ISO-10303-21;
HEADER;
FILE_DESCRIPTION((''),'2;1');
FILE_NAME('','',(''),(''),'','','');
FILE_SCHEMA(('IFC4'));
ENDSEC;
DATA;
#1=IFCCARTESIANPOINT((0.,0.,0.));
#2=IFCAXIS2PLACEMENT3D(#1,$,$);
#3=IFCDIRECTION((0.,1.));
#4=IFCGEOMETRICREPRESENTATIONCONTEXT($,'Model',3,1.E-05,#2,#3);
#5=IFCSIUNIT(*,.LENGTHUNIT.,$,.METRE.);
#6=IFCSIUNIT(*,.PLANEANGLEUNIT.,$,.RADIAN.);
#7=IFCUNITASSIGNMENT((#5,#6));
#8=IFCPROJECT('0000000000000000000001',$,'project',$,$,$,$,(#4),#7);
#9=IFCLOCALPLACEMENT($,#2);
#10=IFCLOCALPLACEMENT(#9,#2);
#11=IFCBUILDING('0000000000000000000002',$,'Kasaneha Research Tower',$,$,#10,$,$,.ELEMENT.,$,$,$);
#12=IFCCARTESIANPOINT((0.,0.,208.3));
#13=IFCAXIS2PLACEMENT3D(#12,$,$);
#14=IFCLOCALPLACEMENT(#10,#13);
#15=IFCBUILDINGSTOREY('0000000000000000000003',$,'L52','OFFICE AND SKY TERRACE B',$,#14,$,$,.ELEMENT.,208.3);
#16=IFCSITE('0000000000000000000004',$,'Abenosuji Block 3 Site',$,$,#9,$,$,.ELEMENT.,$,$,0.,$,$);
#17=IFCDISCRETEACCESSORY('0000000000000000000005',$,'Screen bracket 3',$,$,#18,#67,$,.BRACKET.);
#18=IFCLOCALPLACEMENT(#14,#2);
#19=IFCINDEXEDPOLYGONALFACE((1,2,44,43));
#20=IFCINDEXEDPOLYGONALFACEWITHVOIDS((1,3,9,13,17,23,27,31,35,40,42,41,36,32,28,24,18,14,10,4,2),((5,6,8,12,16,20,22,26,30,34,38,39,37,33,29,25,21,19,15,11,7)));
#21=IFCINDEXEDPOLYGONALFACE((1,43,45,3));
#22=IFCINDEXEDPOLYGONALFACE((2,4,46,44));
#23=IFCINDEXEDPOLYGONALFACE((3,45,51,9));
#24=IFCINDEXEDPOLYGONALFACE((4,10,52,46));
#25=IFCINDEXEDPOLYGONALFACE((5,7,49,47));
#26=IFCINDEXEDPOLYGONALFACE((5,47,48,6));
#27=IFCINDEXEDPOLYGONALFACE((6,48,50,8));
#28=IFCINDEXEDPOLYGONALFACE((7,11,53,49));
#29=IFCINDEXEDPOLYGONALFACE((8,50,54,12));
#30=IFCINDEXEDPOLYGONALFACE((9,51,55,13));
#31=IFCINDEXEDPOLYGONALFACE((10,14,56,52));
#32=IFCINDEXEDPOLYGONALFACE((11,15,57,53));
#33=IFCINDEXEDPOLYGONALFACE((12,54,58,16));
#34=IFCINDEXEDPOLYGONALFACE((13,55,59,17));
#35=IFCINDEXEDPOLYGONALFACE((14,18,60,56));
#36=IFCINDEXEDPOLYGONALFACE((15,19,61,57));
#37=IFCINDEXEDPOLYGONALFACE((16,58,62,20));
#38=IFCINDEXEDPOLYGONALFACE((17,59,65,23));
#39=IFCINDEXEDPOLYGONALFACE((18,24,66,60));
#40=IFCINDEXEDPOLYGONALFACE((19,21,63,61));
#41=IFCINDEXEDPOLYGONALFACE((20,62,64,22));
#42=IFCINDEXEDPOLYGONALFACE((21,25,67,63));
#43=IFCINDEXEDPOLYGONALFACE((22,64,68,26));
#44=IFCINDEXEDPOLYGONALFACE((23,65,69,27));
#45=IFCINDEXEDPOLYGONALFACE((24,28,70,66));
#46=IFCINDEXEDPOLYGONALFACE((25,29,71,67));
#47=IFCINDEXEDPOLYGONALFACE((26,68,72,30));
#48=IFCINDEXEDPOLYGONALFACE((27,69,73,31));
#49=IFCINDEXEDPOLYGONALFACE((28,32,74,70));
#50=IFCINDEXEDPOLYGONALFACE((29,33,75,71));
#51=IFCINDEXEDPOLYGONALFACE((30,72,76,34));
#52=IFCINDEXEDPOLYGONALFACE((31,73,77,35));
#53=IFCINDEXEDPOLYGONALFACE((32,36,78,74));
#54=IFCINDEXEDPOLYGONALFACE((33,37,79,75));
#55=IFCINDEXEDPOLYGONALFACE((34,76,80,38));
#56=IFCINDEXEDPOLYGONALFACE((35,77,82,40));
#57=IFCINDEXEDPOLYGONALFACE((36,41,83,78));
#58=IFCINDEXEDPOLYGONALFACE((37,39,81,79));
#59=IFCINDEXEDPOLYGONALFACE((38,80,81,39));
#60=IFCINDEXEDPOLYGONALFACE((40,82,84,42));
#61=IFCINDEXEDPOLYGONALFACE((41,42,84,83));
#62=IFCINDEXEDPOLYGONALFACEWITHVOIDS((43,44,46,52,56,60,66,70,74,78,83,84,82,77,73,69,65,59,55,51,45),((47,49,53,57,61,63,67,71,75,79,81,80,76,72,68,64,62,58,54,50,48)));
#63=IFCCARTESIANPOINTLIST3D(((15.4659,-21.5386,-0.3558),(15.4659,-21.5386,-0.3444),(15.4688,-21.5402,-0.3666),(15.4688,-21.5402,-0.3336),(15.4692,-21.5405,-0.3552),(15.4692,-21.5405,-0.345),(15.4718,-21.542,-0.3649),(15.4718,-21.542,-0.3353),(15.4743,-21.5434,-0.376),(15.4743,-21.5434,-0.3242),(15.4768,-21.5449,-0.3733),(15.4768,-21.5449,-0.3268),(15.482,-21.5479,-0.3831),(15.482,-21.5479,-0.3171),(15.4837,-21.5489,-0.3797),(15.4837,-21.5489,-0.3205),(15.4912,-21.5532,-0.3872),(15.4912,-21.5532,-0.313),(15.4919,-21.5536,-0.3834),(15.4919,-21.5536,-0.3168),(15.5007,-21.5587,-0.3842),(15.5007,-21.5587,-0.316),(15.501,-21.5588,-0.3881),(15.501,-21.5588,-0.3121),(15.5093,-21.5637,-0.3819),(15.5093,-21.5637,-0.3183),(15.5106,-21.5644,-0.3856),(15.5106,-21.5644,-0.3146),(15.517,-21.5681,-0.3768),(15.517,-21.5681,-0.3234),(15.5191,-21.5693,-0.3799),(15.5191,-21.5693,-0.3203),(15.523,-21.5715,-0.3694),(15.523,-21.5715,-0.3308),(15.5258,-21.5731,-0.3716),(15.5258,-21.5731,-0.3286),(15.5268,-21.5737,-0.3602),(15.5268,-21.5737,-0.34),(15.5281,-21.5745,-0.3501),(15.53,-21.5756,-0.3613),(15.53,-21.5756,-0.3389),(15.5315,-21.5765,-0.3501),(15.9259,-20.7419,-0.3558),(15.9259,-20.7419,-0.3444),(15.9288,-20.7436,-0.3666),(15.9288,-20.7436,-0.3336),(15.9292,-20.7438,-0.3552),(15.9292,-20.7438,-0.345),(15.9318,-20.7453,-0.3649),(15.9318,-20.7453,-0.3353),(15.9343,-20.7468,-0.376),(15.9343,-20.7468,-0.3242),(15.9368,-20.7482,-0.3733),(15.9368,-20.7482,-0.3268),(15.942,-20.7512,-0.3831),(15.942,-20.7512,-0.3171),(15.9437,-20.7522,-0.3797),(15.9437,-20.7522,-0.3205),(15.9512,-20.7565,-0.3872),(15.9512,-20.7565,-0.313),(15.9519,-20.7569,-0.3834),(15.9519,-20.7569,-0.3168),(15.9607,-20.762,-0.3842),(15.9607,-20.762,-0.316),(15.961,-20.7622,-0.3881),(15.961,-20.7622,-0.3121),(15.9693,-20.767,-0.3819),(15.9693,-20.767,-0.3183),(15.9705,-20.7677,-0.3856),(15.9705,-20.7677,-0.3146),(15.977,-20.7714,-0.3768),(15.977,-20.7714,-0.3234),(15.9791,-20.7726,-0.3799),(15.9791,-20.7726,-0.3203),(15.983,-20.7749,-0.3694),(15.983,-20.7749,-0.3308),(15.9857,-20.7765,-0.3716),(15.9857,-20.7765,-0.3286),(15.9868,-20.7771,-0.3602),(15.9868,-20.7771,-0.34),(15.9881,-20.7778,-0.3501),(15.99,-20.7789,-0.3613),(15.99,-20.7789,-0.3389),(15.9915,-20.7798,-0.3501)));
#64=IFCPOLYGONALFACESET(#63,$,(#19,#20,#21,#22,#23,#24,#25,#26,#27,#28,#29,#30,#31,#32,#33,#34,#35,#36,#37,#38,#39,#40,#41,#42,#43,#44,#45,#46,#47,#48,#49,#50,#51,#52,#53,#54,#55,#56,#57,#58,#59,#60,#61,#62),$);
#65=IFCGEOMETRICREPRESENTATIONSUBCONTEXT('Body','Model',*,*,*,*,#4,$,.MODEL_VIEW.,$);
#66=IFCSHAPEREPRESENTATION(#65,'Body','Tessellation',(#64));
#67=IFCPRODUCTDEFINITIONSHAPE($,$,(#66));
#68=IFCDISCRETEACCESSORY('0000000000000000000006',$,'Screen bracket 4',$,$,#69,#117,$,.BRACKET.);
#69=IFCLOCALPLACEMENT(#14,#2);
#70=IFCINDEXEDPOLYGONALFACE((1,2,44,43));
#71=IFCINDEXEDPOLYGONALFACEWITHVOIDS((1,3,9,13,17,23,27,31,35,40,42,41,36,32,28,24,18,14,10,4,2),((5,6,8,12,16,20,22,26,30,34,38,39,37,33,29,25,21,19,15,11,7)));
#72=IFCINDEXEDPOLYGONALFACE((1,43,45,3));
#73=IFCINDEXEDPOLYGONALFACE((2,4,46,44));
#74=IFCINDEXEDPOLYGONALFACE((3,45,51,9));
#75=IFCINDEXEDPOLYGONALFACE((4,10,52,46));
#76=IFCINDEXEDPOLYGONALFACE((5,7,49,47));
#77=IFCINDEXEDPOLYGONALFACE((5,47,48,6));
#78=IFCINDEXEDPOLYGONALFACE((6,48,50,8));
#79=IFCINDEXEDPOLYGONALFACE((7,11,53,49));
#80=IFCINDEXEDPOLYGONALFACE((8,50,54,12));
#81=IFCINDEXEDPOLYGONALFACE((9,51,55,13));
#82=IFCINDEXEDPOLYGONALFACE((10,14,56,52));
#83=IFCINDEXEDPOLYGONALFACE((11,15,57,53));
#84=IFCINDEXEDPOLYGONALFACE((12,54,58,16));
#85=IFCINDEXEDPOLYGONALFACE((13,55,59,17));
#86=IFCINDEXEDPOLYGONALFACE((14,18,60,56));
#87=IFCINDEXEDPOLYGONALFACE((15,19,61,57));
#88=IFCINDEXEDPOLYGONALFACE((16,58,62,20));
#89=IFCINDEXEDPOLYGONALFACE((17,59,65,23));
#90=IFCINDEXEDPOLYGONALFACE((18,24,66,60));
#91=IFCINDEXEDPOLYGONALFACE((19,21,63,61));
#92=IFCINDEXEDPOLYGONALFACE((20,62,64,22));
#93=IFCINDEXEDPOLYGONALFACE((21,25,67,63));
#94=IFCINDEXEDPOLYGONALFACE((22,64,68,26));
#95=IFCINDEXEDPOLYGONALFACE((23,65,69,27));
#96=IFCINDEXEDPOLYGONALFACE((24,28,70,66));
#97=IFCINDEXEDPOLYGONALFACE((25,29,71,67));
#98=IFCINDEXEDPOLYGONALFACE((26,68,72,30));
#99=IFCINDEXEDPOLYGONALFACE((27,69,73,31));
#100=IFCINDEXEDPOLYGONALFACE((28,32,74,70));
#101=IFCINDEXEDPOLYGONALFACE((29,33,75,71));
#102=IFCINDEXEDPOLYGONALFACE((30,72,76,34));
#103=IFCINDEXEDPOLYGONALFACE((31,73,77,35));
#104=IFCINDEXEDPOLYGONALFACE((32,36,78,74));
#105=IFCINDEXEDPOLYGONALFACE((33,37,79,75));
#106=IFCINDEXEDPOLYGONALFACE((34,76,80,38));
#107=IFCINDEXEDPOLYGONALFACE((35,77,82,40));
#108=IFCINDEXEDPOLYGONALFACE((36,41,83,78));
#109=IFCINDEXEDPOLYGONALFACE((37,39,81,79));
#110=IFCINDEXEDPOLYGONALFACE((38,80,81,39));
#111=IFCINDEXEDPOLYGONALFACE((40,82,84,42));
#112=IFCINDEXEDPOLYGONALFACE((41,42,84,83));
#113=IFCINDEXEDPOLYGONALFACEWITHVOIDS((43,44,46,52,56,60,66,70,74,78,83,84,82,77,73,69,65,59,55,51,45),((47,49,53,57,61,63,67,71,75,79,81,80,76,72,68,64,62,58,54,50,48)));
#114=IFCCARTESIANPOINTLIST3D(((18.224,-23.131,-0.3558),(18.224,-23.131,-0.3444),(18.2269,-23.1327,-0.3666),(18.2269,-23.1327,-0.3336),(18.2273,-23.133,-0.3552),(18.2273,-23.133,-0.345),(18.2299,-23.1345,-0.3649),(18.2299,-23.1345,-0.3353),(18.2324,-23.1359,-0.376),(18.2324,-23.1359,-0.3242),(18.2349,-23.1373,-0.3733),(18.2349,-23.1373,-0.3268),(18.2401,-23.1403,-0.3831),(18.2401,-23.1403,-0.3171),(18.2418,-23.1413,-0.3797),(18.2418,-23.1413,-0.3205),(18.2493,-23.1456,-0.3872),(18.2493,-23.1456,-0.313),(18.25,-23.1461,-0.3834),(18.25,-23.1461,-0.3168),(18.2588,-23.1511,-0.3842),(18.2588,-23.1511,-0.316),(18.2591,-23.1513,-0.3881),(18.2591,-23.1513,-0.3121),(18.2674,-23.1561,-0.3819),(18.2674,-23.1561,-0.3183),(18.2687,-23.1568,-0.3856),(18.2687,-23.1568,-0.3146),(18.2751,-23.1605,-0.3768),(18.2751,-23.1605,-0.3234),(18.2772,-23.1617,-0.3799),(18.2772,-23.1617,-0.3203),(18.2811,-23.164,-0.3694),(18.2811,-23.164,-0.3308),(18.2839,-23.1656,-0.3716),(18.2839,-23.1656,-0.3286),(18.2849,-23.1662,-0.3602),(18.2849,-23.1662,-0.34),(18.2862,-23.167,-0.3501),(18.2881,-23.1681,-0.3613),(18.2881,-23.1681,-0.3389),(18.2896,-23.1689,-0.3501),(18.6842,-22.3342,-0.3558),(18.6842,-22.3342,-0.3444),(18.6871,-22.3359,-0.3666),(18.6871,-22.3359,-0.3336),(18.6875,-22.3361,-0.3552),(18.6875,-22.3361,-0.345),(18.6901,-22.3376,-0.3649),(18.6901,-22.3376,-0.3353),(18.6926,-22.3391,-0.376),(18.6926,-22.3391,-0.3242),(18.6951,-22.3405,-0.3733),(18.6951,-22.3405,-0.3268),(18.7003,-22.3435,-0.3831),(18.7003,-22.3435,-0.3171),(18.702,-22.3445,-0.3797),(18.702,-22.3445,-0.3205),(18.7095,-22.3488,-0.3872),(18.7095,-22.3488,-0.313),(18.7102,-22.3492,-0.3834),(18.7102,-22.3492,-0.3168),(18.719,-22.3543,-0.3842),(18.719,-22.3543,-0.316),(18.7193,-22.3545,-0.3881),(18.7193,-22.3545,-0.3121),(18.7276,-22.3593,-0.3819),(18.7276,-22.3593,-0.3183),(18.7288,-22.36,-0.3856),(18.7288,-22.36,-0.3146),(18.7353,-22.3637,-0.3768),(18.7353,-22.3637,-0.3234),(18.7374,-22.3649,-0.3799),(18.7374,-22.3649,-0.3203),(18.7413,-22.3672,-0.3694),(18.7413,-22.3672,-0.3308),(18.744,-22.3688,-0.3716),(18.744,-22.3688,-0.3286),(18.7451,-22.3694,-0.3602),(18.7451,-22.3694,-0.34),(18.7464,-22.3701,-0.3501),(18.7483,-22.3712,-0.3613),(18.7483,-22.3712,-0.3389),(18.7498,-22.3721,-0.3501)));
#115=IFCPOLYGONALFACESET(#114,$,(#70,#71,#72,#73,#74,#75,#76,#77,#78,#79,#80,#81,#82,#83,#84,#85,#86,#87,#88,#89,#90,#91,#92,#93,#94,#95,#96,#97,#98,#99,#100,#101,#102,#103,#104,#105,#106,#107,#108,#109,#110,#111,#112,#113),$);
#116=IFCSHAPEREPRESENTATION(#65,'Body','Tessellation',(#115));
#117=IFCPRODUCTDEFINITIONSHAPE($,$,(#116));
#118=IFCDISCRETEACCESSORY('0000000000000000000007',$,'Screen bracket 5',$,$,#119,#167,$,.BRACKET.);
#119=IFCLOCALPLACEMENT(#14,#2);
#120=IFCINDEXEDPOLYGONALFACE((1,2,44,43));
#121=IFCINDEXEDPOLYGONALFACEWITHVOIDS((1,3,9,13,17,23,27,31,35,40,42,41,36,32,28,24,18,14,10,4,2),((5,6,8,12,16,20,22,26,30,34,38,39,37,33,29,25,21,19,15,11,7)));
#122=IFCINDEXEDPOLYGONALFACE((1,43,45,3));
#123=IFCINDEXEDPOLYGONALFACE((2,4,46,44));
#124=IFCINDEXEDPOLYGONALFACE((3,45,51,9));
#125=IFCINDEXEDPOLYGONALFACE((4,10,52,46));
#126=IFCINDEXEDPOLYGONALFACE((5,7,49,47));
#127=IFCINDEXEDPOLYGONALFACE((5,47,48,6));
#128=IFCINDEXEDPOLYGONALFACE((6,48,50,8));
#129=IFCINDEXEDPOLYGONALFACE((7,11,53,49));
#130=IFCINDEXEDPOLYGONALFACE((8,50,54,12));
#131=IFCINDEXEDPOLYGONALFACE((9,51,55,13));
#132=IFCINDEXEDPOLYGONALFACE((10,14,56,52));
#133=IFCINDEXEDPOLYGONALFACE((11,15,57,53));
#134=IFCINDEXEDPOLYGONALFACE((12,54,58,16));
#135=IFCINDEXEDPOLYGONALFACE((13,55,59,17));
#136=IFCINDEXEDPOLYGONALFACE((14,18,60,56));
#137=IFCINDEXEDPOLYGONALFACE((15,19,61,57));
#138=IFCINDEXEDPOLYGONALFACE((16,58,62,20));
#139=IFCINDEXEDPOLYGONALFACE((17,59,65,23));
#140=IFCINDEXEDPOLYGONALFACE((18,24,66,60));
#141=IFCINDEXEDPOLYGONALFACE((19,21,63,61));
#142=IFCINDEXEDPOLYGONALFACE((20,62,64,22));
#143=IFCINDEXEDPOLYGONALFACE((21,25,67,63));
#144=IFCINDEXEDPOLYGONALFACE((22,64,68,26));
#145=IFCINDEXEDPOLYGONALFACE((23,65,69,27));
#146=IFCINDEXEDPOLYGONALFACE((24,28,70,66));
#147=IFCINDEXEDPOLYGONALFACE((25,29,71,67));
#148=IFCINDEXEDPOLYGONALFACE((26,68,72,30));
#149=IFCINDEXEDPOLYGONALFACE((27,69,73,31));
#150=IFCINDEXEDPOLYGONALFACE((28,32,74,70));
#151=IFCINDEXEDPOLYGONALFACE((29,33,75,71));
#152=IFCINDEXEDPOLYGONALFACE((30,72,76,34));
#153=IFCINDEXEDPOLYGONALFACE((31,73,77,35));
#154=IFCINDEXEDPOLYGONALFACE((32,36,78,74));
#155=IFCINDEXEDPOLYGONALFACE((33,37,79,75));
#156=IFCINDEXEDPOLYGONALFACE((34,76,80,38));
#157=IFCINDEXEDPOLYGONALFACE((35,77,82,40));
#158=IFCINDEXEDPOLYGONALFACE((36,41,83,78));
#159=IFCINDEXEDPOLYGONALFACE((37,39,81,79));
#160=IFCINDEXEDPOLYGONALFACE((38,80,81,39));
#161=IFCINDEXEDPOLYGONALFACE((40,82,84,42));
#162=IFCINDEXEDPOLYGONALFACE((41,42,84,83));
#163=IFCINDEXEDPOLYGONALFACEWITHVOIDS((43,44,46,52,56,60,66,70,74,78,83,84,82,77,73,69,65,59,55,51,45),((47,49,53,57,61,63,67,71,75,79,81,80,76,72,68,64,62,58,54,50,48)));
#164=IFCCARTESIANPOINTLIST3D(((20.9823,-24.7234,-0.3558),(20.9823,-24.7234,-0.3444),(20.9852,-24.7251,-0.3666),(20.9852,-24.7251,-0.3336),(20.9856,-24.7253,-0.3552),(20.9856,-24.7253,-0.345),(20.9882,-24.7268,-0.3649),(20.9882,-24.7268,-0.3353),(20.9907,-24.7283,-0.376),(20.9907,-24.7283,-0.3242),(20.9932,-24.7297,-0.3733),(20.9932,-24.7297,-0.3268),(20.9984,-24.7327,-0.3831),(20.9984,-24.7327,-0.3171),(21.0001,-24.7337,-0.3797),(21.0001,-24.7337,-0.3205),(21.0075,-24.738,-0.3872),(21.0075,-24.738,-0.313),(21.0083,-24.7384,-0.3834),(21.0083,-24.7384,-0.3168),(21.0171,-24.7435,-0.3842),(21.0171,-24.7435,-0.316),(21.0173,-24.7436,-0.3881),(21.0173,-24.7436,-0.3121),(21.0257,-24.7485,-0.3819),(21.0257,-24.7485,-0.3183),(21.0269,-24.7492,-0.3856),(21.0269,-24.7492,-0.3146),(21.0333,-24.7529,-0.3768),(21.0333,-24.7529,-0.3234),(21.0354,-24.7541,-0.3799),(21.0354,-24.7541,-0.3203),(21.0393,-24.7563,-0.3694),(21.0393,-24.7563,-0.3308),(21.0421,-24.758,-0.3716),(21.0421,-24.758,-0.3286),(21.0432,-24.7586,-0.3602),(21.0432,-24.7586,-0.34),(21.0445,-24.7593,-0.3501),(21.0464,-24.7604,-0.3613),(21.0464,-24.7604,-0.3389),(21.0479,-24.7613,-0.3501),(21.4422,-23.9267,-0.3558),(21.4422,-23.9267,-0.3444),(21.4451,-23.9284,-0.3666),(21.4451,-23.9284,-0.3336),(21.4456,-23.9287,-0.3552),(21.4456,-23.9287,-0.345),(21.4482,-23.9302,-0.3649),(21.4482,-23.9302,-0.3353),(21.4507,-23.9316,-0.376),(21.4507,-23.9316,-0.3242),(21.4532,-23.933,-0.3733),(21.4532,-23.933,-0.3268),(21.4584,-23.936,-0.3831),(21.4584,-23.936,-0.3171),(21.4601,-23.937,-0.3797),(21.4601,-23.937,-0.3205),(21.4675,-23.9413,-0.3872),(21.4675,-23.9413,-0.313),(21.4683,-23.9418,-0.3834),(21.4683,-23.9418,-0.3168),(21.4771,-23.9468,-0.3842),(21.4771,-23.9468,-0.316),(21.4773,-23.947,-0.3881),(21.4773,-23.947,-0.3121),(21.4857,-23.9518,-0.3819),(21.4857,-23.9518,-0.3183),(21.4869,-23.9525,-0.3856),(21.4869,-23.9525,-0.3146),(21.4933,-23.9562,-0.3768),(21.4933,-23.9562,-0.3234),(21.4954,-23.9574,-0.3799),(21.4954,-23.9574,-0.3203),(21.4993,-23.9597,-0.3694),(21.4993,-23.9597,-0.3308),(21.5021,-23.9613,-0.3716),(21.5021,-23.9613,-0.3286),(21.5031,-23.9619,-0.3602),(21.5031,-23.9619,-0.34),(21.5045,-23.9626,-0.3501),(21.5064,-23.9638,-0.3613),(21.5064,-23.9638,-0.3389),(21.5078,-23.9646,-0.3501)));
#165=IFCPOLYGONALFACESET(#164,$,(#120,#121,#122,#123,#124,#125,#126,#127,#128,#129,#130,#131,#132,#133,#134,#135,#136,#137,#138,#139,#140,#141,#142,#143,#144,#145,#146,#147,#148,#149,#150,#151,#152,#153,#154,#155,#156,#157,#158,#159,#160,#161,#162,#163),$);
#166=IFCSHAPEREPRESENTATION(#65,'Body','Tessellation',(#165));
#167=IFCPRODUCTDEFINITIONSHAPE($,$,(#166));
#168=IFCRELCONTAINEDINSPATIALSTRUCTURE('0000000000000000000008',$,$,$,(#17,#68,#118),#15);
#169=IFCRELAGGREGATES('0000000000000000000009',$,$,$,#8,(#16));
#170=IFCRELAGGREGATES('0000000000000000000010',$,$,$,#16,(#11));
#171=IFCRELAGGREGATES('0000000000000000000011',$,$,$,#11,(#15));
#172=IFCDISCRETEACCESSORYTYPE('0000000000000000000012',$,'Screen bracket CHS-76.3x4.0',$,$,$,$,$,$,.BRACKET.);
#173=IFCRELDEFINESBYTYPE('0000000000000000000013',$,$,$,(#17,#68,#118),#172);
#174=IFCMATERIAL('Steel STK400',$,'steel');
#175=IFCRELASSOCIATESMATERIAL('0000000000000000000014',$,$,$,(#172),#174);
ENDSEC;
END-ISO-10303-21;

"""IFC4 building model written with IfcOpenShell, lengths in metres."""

from ifc_helpers import new_model, si_unit, direction, frame, origin, origin_2d, place, context, subcontext, project, spatial, hollow_circle, extrude, material, material_profile, profile_set, type_object, element, save


model = new_model("IFC4")

# Units and contexts
model_context = context("Model", 3, precision=1e-05, world=origin(), true_north=direction((0.0, 1.0)))
body_context = subcontext(model_context, "Body", "Model", "MODEL_VIEW")
ifc_project = project(units=[si_unit("LENGTHUNIT", "METRE"), si_unit("PLANEANGLEUNIT", "RADIAN")], contexts=[model_context])

# Site, building, storey
site_placement = place(None, origin())
site = spatial("IfcSite", under=ifc_project, at=site_placement, Name="Abenosuji Block 3 Site", CompositionType="ELEMENT", RefElevation=0.0)
building_placement = place(site_placement, origin())
building = spatial("IfcBuilding", under=site, at=building_placement, Name="Kasaneha Research Tower", CompositionType="ELEMENT")
storey_placement = place(building_placement, frame((0.0, 0.0, 208.3)))
storey = spatial("IfcBuildingStorey", under=building, at=storey_placement, Name="L52", Description="OFFICE AND SKY TERRACE B", CompositionType="ELEMENT", Elevation=208.3)

# Discrete accessories
ifc_material_1 = material(Name="Steel STK400", Category="steel")
ifc_material_profile_1 = material_profile(ifc_material_1, hollow_circle(Radius=0.0381, WallThickness=0.0039, at=origin_2d()), Name="CHS-76.3x4.0")
ifc_profile_set_1 = profile_set([ifc_material_profile_1], Name="Steel STK400")
discrete_accessory_type = type_object("IfcDiscreteAccessoryType", Name="Screen bracket CHS-76.3x4.0", PredefinedType="BRACKET", material=ifc_profile_set_1)
discrete_accessory_1_placement = place(storey_placement, frame((15.9585, -20.7607, -0.3501), z_axis=(-0.500021, -0.866013, 0.0), x_axis=(0.866013, -0.500021, 0.0)))
element("IfcDiscreteAccessory", 1, at=discrete_accessory_1_placement, inside=storey, type_object=discrete_accessory_type, Name="Screen bracket 3", PredefinedType="BRACKET", context=body_context, shape_type="SweptSolid", body=[
    extrude(hollow_circle(Radius=0.0381, WallThickness=0.0039, at=origin_2d()), origin(), (0.0, 0.0, 1.0), 0.9199),
])
discrete_accessory_2_placement = place(storey_placement, frame((18.7168, -22.353, -0.3501), z_axis=(-0.500105, -0.865965, 0.0), x_axis=(0.865965, -0.500105, 0.0)))
element("IfcDiscreteAccessory", 2, at=discrete_accessory_2_placement, inside=storey, type_object=discrete_accessory_type, Name="Screen bracket 4", PredefinedType="BRACKET", context=body_context, shape_type="SweptSolid", body=[
    extrude(hollow_circle(Radius=0.0381, WallThickness=0.0039, at=origin_2d()), origin(), (0.0, 0.0, 1.0), 0.9202),
])
discrete_accessory_3_placement = place(storey_placement, frame((21.4749, -23.9456, -0.3501), z_axis=(-0.500021, -0.866013, 0.0), x_axis=(0.866013, -0.500021, 0.0)))
element("IfcDiscreteAccessory", 3, at=discrete_accessory_3_placement, inside=storey, type_object=discrete_accessory_type, Name="Screen bracket 5", PredefinedType="BRACKET", context=body_context, shape_type="SweptSolid", body=[
    extrude(hollow_circle(Radius=0.0381, WallThickness=0.0039, at=origin_2d()), origin(), (0.0, 0.0, 1.0), 0.9199),
])

save(model, "model.ifc")
